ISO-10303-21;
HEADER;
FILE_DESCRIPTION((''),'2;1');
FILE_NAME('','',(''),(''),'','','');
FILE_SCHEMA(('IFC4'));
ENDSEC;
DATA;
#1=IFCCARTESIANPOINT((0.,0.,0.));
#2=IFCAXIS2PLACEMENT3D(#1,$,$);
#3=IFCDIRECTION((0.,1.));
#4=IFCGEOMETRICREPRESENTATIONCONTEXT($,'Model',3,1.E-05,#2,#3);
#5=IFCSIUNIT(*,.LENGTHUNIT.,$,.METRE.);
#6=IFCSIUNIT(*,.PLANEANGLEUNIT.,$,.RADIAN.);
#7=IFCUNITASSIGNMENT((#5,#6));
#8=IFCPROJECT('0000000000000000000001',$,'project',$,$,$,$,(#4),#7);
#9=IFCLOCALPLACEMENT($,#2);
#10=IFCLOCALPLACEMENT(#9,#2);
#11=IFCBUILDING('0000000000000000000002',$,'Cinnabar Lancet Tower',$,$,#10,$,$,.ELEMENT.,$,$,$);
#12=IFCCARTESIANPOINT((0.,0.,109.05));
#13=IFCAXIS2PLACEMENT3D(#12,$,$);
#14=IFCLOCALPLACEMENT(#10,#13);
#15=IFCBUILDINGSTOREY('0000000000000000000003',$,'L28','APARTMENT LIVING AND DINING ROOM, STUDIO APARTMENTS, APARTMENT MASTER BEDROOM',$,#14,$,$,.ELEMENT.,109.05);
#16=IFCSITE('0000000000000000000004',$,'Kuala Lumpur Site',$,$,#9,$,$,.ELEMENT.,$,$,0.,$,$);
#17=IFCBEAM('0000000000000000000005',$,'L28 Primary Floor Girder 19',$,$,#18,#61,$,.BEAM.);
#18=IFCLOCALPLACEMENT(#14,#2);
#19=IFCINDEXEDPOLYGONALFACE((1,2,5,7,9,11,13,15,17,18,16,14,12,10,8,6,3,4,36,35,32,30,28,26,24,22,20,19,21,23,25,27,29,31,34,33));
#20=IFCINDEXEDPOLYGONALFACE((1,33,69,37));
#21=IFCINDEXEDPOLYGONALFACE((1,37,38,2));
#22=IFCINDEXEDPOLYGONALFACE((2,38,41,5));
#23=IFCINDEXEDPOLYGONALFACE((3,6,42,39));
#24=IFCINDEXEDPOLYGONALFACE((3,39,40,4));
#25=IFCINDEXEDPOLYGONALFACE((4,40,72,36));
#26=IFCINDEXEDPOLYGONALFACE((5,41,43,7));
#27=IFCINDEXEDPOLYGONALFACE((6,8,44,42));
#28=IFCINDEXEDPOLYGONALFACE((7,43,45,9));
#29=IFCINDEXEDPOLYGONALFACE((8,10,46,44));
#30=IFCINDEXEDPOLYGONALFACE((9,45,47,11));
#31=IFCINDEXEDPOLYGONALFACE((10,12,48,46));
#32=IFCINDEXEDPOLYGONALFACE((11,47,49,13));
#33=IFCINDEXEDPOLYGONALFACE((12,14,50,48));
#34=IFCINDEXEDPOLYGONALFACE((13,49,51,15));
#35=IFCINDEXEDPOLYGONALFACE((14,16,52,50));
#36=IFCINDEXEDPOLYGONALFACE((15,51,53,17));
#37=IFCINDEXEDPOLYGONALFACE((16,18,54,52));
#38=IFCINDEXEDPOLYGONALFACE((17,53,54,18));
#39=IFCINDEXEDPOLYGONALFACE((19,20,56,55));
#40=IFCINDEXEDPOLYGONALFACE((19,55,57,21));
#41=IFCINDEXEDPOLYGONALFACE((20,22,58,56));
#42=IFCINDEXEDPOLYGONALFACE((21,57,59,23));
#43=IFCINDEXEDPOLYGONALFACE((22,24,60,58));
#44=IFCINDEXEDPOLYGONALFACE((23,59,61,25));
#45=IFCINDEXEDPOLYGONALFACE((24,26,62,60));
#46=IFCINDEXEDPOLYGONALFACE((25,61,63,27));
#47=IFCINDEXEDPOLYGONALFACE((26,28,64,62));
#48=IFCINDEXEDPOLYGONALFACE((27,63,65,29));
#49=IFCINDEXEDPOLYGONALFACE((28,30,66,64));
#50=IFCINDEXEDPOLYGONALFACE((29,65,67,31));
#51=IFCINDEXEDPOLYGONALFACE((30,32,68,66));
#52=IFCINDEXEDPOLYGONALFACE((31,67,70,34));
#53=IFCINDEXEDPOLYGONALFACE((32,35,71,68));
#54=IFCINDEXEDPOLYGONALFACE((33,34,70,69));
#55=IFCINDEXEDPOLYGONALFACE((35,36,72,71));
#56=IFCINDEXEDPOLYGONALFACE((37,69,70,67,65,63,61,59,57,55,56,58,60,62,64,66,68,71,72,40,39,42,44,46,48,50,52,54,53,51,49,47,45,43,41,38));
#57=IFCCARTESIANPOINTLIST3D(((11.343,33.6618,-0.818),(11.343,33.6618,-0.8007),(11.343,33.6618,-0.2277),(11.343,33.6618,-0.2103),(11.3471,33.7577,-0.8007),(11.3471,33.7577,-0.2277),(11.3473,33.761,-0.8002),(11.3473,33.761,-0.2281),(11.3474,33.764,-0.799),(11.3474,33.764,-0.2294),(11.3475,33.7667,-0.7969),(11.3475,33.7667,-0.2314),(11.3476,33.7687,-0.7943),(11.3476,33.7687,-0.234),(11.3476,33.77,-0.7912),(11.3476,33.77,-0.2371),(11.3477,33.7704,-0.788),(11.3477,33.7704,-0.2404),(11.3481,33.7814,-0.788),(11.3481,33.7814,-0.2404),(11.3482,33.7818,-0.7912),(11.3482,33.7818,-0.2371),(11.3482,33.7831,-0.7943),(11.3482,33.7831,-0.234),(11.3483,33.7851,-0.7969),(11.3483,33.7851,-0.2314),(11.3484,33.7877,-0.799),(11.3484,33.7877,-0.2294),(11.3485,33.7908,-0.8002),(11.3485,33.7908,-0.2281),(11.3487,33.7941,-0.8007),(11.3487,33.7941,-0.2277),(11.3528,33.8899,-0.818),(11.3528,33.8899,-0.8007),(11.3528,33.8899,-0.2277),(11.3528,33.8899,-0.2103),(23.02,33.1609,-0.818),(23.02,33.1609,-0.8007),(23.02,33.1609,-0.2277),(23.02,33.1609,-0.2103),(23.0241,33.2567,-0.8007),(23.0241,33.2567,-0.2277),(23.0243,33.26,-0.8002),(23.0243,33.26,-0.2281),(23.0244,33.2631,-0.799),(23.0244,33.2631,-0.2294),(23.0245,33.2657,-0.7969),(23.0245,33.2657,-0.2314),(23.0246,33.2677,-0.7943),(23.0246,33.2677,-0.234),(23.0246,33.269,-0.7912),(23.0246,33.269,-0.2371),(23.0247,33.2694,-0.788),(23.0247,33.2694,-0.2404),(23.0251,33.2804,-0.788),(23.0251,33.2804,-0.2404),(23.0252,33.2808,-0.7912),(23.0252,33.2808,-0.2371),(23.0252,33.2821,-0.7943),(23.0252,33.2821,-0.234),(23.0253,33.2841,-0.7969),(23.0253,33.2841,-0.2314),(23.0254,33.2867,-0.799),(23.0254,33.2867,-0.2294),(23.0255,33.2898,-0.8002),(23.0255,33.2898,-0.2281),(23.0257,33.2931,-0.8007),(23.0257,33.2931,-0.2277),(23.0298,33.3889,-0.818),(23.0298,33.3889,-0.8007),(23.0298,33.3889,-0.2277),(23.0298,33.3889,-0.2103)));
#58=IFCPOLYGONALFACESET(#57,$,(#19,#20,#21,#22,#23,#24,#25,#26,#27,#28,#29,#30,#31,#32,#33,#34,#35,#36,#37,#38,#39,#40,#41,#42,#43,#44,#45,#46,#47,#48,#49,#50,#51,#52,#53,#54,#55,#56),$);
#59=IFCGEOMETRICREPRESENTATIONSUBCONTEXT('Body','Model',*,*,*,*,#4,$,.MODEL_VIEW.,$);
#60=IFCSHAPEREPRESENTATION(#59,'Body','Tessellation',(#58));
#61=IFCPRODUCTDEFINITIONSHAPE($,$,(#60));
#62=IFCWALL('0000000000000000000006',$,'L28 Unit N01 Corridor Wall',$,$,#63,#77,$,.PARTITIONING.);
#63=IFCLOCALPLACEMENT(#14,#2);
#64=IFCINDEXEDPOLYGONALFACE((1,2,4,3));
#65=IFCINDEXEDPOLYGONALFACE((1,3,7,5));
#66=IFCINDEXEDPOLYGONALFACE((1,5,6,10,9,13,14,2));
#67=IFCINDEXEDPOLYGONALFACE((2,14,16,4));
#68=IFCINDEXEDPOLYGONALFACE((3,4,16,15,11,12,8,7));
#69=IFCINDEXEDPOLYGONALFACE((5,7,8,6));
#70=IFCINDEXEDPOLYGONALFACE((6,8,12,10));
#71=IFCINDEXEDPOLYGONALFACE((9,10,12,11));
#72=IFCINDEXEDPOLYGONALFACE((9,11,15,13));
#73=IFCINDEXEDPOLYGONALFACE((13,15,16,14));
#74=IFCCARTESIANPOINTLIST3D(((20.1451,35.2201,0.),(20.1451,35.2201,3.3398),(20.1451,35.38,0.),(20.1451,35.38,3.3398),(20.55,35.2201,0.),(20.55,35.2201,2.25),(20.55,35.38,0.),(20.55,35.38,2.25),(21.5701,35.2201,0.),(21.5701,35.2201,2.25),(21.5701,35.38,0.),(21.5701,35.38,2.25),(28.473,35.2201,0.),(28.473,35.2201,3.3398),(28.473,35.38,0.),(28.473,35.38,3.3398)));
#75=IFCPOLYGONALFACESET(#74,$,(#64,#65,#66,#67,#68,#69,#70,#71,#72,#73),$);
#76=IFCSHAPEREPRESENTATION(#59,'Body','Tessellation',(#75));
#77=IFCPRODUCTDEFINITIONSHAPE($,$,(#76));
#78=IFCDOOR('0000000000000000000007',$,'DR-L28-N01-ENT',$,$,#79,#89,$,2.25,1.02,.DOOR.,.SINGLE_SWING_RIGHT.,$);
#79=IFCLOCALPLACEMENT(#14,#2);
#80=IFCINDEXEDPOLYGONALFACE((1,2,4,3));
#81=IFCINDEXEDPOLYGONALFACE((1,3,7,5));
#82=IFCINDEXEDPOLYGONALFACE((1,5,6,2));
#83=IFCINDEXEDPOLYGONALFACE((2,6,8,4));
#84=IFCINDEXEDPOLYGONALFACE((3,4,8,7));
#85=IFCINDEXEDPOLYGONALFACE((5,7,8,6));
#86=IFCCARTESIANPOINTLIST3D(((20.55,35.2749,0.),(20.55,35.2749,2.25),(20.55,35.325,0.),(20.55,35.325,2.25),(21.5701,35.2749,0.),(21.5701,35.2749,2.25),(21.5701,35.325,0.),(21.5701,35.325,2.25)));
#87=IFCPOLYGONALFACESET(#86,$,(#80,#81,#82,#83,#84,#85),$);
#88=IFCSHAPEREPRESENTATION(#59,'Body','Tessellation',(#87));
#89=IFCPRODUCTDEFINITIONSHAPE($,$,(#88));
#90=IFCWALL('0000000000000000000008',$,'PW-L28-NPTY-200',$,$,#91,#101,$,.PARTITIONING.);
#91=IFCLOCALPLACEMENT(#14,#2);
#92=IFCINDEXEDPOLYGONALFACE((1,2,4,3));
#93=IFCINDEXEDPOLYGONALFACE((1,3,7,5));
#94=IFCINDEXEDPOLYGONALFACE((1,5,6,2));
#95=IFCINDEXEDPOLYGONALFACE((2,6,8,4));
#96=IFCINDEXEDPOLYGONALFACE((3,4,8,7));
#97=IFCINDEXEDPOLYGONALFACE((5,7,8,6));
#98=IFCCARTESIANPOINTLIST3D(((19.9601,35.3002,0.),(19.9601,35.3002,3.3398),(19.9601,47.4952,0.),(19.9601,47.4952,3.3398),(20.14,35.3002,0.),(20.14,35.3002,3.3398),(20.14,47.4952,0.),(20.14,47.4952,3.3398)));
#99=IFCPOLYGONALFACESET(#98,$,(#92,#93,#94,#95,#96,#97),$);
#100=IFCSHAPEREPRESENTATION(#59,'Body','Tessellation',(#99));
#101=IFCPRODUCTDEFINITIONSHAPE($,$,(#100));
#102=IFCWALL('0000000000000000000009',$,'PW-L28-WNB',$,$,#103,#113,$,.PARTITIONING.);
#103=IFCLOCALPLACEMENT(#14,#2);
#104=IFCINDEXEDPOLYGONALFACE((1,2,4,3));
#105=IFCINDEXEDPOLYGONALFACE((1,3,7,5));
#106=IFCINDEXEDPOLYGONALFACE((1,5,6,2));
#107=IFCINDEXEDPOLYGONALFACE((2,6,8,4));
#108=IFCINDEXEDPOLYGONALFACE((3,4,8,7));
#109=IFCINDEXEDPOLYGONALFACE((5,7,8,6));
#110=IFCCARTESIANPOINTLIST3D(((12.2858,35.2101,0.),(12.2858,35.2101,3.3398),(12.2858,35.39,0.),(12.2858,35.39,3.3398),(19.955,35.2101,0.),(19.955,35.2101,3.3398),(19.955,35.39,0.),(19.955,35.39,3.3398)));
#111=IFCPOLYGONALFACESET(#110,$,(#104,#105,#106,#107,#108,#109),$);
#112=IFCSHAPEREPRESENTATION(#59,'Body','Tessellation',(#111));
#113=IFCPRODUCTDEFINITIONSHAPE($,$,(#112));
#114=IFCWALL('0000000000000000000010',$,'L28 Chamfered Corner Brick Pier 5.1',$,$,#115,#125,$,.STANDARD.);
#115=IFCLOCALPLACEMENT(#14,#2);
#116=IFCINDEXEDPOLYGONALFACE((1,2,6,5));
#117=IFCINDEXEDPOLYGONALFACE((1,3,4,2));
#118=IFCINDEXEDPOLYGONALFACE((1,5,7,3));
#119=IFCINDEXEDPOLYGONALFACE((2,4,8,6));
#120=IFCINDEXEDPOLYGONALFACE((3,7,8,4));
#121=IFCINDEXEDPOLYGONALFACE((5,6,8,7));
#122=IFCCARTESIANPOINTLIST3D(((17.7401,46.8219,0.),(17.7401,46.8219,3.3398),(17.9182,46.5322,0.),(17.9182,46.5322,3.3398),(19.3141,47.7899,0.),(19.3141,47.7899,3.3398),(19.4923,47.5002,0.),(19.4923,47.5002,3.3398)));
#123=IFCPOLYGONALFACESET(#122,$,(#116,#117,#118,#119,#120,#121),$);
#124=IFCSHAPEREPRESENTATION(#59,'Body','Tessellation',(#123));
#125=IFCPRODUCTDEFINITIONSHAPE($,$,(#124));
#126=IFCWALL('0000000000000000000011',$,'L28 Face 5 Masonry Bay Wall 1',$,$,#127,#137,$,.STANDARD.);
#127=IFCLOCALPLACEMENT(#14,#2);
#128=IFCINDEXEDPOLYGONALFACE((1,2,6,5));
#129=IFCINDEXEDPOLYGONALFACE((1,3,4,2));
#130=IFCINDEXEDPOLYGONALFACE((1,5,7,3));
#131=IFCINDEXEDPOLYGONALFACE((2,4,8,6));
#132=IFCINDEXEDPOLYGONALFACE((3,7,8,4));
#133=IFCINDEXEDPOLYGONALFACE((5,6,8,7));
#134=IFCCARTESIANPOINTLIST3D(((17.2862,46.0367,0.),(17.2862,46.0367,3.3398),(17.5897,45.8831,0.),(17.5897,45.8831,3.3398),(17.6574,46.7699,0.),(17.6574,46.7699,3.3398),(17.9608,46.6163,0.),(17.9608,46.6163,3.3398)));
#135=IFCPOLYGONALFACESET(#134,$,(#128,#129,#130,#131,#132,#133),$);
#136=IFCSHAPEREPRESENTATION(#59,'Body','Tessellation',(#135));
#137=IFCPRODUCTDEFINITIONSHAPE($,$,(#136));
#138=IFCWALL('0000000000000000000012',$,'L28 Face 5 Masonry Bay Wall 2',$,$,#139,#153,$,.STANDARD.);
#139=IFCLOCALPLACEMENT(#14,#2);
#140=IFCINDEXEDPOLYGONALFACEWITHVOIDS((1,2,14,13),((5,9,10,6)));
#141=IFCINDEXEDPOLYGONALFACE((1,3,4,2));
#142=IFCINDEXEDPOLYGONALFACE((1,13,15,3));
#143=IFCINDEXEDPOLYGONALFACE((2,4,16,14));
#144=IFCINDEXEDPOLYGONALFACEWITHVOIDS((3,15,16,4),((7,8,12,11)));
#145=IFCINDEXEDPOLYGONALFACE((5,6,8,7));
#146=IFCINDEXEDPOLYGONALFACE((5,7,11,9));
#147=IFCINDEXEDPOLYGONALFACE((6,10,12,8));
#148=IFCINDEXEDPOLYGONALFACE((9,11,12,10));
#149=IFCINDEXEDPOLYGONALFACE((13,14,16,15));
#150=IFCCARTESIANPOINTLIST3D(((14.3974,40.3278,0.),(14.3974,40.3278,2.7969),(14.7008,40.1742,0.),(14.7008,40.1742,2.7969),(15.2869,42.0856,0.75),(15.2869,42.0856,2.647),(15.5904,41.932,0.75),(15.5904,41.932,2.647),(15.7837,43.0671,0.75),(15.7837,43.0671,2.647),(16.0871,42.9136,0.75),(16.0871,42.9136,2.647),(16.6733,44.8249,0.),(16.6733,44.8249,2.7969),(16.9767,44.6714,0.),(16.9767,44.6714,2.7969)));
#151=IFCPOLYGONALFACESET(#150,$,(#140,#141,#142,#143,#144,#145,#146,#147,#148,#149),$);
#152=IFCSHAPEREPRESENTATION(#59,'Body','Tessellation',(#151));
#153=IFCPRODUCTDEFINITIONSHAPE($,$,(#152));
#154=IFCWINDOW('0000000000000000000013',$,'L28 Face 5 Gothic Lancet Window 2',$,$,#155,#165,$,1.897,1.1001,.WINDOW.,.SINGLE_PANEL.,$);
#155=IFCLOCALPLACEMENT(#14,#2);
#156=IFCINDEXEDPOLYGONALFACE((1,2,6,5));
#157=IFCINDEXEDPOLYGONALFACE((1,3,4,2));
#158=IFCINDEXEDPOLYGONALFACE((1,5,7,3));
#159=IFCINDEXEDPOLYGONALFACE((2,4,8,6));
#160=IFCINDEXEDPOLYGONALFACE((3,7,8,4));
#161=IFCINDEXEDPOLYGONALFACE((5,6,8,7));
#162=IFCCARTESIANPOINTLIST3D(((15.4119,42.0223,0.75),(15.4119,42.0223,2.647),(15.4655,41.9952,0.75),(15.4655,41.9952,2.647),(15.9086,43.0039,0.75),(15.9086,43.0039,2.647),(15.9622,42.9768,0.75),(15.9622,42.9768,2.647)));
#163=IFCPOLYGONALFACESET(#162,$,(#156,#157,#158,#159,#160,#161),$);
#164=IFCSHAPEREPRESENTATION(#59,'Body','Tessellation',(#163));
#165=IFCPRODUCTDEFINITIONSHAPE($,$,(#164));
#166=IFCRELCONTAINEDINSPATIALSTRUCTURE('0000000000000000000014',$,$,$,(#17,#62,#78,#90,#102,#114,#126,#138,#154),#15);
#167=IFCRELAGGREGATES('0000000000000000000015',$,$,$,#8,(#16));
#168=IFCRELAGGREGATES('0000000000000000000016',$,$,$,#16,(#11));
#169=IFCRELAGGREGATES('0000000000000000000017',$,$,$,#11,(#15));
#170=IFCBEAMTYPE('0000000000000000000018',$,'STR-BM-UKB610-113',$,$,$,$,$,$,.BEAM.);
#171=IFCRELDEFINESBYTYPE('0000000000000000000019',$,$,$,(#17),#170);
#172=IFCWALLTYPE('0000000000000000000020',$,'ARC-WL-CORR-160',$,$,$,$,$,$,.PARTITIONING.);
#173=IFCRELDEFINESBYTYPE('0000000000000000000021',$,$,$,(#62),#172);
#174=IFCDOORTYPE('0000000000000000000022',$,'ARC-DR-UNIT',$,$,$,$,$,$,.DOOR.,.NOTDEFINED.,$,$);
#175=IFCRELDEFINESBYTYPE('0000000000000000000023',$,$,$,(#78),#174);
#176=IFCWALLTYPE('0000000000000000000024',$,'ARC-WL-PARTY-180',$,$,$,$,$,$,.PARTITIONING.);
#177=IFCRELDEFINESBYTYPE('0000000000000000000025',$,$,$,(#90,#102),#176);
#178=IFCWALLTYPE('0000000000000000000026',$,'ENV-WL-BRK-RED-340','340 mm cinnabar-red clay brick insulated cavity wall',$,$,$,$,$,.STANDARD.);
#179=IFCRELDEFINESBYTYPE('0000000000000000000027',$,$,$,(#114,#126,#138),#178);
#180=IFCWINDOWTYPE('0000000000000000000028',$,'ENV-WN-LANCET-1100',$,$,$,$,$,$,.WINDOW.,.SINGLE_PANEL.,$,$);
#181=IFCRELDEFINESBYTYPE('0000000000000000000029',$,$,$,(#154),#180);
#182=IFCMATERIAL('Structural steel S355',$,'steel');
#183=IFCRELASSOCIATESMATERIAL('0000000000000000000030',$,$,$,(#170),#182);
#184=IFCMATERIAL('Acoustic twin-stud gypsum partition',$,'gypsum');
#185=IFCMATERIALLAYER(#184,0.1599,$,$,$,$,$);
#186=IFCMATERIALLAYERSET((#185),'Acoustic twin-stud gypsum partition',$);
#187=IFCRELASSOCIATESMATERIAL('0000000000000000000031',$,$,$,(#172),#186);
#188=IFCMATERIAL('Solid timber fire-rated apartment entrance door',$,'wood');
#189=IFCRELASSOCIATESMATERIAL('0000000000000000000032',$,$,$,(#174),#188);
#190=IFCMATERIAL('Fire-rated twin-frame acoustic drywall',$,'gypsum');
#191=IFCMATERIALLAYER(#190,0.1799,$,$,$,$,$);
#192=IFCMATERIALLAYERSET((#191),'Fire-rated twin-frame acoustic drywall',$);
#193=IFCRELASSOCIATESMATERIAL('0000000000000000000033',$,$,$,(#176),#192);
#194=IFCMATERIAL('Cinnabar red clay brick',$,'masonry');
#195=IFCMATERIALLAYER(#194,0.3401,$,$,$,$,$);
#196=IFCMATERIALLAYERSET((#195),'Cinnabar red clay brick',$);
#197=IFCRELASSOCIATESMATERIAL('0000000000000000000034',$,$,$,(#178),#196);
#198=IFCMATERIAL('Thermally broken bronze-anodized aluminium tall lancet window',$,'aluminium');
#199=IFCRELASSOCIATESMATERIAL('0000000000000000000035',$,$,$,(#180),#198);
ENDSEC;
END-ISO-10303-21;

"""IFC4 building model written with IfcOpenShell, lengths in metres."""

from ifc_helpers import new_model, si_unit, direction, frame, frame_2d, origin, origin_2d, place, context, subcontext, project, spatial, rectangle, i_section, extrude, material, layer, layer_set, material_profile, profile_set, type_object, element, fill, save


model = new_model("IFC4")

# Units and contexts
model_context = context("Model", 3, precision=1e-05, world=origin(), true_north=direction((0.0, 1.0)))
body_context = subcontext(model_context, "Body", "Model", "MODEL_VIEW")
ifc_project = project(units=[si_unit("LENGTHUNIT", "METRE"), si_unit("PLANEANGLEUNIT", "RADIAN")], contexts=[model_context])

# Site, building, storey
site_placement = place(None, origin())
site = spatial("IfcSite", under=ifc_project, at=site_placement, Name="Kuala Lumpur Site", CompositionType="ELEMENT", RefElevation=0.0)
building_placement = place(site_placement, origin())
building = spatial("IfcBuilding", under=site, at=building_placement, Name="Cinnabar Lancet Tower", CompositionType="ELEMENT")
storey_placement = place(building_placement, frame((0.0, 0.0, 109.05)))
storey = spatial("IfcBuildingStorey", under=building, at=storey_placement, Name="L28", Description="APARTMENT LIVING AND DINING ROOM, STUDIO APARTMENTS, APARTMENT MASTER BEDROOM", CompositionType="ELEMENT", Elevation=109.05)

# Beam
ifc_material_1 = material(Name="Structural steel S355", Category="steel")
ifc_material_profile_1 = material_profile(ifc_material_1, i_section(OverallWidth=0.2283, OverallDepth=0.6077, WebThickness=0.011, FlangeThickness=0.0173, FilletRadius=0.0127, at=origin_2d()), Name="UKB 610x229x113")
ifc_profile_set_1 = profile_set([ifc_material_profile_1], Name="Structural steel S355")
beam_type_1 = type_object("IfcBeamType", Name="STR-BM-UKB610-113", PredefinedType="BEAM", material=ifc_profile_set_1)
beam_1_placement = place(storey_placement, frame((11.3479, 33.7759, -0.5142), z_axis=(0.999081, -0.042863, 0.0), x_axis=(0.042863, 0.999081, 0.0)))
element("IfcBeam", 1, at=beam_1_placement, inside=storey, type_object=beam_type_1, Name="L28 Primary Floor Girder 19", PredefinedType="BEAM", context=body_context, shape_type="SweptSolid", body=[
    extrude(i_section(OverallWidth=0.2283, OverallDepth=0.6077, WebThickness=0.011, FlangeThickness=0.0173, FilletRadius=0.0127, at=origin_2d()), origin(), (0.0, 0.0, 1.0), 11.6877),
])

# Wall, opening, door
ifc_material_2 = material(Name="Acoustic twin-stud gypsum partition", Category="gypsum")
ifc_layer_1 = layer(ifc_material_2, 0.1599)
ifc_layer_set_1 = layer_set([ifc_layer_1], Name="Acoustic twin-stud gypsum partition")
wall_type_1 = type_object("IfcWallType", Name="ARC-WL-CORR-160", PredefinedType="PARTITIONING", material=ifc_layer_set_1)
wall_1_placement = place(storey_placement, frame((20.145, 35.3, 0.0), z_axis=(0.0, 0.0, 1.0), x_axis=(1.0, 0.0, 0.0)))
wall_1 = element("IfcWall", 2, at=wall_1_placement, inside=storey, type_object=wall_type_1, Name="L28 Unit N01 Corridor Wall", PredefinedType="PARTITIONING", context=body_context, shape_type="SweptSolid", body=[
    extrude(rectangle(XDim=8.3279, YDim=0.1599, at=frame_2d((4.1641, 0.0))), origin(), (0.0, 0.0, 1.0), 3.3398),
])
opening_1_placement = place(wall_1_placement, frame((0.405, 0.0, 0.0)))
opening_1 = element("IfcOpeningElement", 3, at=opening_1_placement, cuts=wall_1, PredefinedType="OPENING", context=body_context, shape_type="SweptSolid", body=[
    extrude(rectangle(XDim=1.02, YDim=2.25, at=frame_2d((0.51, 1.125))), frame((0.0, 0.0898, 0.0), z_axis=(0.0, -1.0, 0.0), x_axis=(1.0, 0.0, 0.0)), (0.0, 0.0, 1.0), 0.1799),
])
ifc_material_3 = material(Name="Solid timber fire-rated apartment entrance door", Category="wood")
door_type = type_object("IfcDoorType", Name="ARC-DR-UNIT", OperationType="NOTDEFINED", PredefinedType="DOOR", material=ifc_material_3)
door_placement = place(opening_1_placement, origin())
door = element("IfcDoor", 4, at=door_placement, inside=storey, type_object=door_type, Name="DR-L28-N01-ENT", OperationType="SINGLE_SWING_RIGHT", OverallHeight=2.25, OverallWidth=1.02, PredefinedType="DOOR", context=body_context, shape_type="SweptSolid", body=[
    extrude(rectangle(XDim=1.02, YDim=2.25, at=frame_2d((0.51, 1.125))), frame((0.0, 0.0249, 0.0), z_axis=(0.0, -1.0, 0.0), x_axis=(1.0, 0.0, 0.0)), (0.0, 0.0, 1.0), 0.05),
])
fill(opening_1, door)

# Walls
ifc_material_4 = material(Name="Fire-rated twin-frame acoustic drywall", Category="gypsum")
ifc_layer_2 = layer(ifc_material_4, 0.1799)
ifc_layer_set_2 = layer_set([ifc_layer_2], Name="Fire-rated twin-frame acoustic drywall")
wall_type_2 = type_object("IfcWallType", Name="ARC-WL-PARTY-180", PredefinedType="PARTITIONING", material=ifc_layer_set_2)
wall_2_placement = place(storey_placement, frame((20.05, 35.3, 0.0), z_axis=(0.0, 0.0, 1.0), x_axis=(0.0, 1.0, 0.0)))
element("IfcWall", 5, at=wall_2_placement, inside=storey, type_object=wall_type_2, Name="PW-L28-NPTY-200", PredefinedType="PARTITIONING", context=body_context, shape_type="SweptSolid", body=[
    extrude(rectangle(XDim=12.1951, YDim=0.1799, at=frame_2d((6.0977, 0.0))), origin(), (0.0, 0.0, 1.0), 3.3398),
])
wall_3_placement = place(storey_placement, frame((12.2859, 35.3, 0.0), z_axis=(0.0, 0.0, 1.0), x_axis=(1.0, 0.0, 0.0)))
element("IfcWall", 6, at=wall_3_placement, inside=storey, type_object=wall_type_2, Name="PW-L28-WNB", PredefinedType="PARTITIONING", context=body_context, shape_type="SweptSolid", body=[
    extrude(rectangle(XDim=7.6692, YDim=0.1799, at=frame_2d((3.8345, 0.0))), origin(), (0.0, 0.0, 1.0), 3.3398),
])
ifc_material_5 = material(Name="Cinnabar red clay brick", Category="masonry")
ifc_layer_3 = layer(ifc_material_5, 0.3401)
ifc_layer_set_3 = layer_set([ifc_layer_3], Name="Cinnabar red clay brick")
wall_type_3 = type_object("IfcWallType", Name="ENV-WL-BRK-RED-340", Description="340 mm cinnabar-red clay brick insulated cavity wall", PredefinedType="STANDARD", material=ifc_layer_set_3)
wall_4_placement = place(storey_placement, frame((19.4031, 47.645, 0.0), z_axis=(0.0, 0.0, 1.0), x_axis=(-0.851799, -0.523869, 0.0)))
element("IfcWall", 7, at=wall_4_placement, inside=storey, type_object=wall_type_3, Name="L28 Chamfered Corner Brick Pier 5.1", PredefinedType="STANDARD", context=body_context, shape_type="SweptSolid", body=[
    extrude(rectangle(XDim=1.8479, YDim=0.3401, at=frame_2d((0.9238, 0.0))), origin(), (0.0, 0.0, 1.0), 3.3398),
])
wall_5_placement = place(storey_placement, frame((17.8091, 46.6931, 0.0), z_axis=(0.0, 0.0, 1.0), x_axis=(-0.451605, -0.892218, 0.0)))
element("IfcWall", 8, at=wall_5_placement, inside=storey, type_object=wall_type_3, Name="L28 Face 5 Masonry Bay Wall 1", PredefinedType="STANDARD", context=body_context, shape_type="SweptSolid", body=[
    extrude(rectangle(XDim=0.8218, YDim=0.3401, at=frame_2d((0.4109, 0.0))), origin(), (0.0, 0.0, 1.0), 3.3398),
])

# Wall, opening, window
wall_6_placement = place(storey_placement, frame((16.825, 44.748, 0.0), z_axis=(0.0, 0.0, 1.0), x_axis=(-0.451548, -0.892247, 0.0)))
wall_6 = element("IfcWall", 9, at=wall_6_placement, inside=storey, type_object=wall_type_3, Name="L28 Face 5 Masonry Bay Wall 2", PredefinedType="STANDARD", context=body_context, shape_type="SweptSolid", body=[
    extrude(rectangle(XDim=5.0403, YDim=0.3401, at=frame_2d((2.52, 0.0))), origin(), (0.0, 0.0, 1.0), 2.7969),
])
opening_2_placement = place(wall_6_placement, frame((1.97, 0.0, 0.75)))
opening_2 = element("IfcOpeningElement", 10, at=opening_2_placement, cuts=wall_6, PredefinedType="OPENING", context=body_context, shape_type="SweptSolid", body=[
    extrude(rectangle(XDim=1.1001, YDim=1.897, at=frame_2d((0.55, 0.9485))), frame((0.0, 0.1799, 0.0), z_axis=(0.0, -1.0, 0.0), x_axis=(1.0, 0.0, 0.0)), (0.0, 0.0, 1.0), 0.3601),
])
ifc_material_6 = material(Name="Thermally broken bronze-anodized aluminium tall lancet window", Category="aluminium")
window_type = type_object("IfcWindowType", Name="ENV-WN-LANCET-1100", PartitioningType="SINGLE_PANEL", PredefinedType="WINDOW", material=ifc_material_6)
window_1_placement = place(opening_2_placement, origin())
window_1 = element("IfcWindow", 11, at=window_1_placement, inside=storey, type_object=window_type, Name="L28 Face 5 Gothic Lancet Window 2", OverallHeight=1.897, OverallWidth=1.1001, PartitioningType="SINGLE_PANEL", PredefinedType="WINDOW", context=body_context, shape_type="SweptSolid", body=[
    extrude(rectangle(XDim=1.1001, YDim=1.897, at=frame_2d((0.55, 0.9485))), frame((0.0, 0.03, 0.0), z_axis=(0.0, -1.0, 0.0), x_axis=(1.0, 0.0, 0.0)), (0.0, 0.0, 1.0), 0.0601),
])
fill(opening_2, window_1)

save(model, "model.ifc")
